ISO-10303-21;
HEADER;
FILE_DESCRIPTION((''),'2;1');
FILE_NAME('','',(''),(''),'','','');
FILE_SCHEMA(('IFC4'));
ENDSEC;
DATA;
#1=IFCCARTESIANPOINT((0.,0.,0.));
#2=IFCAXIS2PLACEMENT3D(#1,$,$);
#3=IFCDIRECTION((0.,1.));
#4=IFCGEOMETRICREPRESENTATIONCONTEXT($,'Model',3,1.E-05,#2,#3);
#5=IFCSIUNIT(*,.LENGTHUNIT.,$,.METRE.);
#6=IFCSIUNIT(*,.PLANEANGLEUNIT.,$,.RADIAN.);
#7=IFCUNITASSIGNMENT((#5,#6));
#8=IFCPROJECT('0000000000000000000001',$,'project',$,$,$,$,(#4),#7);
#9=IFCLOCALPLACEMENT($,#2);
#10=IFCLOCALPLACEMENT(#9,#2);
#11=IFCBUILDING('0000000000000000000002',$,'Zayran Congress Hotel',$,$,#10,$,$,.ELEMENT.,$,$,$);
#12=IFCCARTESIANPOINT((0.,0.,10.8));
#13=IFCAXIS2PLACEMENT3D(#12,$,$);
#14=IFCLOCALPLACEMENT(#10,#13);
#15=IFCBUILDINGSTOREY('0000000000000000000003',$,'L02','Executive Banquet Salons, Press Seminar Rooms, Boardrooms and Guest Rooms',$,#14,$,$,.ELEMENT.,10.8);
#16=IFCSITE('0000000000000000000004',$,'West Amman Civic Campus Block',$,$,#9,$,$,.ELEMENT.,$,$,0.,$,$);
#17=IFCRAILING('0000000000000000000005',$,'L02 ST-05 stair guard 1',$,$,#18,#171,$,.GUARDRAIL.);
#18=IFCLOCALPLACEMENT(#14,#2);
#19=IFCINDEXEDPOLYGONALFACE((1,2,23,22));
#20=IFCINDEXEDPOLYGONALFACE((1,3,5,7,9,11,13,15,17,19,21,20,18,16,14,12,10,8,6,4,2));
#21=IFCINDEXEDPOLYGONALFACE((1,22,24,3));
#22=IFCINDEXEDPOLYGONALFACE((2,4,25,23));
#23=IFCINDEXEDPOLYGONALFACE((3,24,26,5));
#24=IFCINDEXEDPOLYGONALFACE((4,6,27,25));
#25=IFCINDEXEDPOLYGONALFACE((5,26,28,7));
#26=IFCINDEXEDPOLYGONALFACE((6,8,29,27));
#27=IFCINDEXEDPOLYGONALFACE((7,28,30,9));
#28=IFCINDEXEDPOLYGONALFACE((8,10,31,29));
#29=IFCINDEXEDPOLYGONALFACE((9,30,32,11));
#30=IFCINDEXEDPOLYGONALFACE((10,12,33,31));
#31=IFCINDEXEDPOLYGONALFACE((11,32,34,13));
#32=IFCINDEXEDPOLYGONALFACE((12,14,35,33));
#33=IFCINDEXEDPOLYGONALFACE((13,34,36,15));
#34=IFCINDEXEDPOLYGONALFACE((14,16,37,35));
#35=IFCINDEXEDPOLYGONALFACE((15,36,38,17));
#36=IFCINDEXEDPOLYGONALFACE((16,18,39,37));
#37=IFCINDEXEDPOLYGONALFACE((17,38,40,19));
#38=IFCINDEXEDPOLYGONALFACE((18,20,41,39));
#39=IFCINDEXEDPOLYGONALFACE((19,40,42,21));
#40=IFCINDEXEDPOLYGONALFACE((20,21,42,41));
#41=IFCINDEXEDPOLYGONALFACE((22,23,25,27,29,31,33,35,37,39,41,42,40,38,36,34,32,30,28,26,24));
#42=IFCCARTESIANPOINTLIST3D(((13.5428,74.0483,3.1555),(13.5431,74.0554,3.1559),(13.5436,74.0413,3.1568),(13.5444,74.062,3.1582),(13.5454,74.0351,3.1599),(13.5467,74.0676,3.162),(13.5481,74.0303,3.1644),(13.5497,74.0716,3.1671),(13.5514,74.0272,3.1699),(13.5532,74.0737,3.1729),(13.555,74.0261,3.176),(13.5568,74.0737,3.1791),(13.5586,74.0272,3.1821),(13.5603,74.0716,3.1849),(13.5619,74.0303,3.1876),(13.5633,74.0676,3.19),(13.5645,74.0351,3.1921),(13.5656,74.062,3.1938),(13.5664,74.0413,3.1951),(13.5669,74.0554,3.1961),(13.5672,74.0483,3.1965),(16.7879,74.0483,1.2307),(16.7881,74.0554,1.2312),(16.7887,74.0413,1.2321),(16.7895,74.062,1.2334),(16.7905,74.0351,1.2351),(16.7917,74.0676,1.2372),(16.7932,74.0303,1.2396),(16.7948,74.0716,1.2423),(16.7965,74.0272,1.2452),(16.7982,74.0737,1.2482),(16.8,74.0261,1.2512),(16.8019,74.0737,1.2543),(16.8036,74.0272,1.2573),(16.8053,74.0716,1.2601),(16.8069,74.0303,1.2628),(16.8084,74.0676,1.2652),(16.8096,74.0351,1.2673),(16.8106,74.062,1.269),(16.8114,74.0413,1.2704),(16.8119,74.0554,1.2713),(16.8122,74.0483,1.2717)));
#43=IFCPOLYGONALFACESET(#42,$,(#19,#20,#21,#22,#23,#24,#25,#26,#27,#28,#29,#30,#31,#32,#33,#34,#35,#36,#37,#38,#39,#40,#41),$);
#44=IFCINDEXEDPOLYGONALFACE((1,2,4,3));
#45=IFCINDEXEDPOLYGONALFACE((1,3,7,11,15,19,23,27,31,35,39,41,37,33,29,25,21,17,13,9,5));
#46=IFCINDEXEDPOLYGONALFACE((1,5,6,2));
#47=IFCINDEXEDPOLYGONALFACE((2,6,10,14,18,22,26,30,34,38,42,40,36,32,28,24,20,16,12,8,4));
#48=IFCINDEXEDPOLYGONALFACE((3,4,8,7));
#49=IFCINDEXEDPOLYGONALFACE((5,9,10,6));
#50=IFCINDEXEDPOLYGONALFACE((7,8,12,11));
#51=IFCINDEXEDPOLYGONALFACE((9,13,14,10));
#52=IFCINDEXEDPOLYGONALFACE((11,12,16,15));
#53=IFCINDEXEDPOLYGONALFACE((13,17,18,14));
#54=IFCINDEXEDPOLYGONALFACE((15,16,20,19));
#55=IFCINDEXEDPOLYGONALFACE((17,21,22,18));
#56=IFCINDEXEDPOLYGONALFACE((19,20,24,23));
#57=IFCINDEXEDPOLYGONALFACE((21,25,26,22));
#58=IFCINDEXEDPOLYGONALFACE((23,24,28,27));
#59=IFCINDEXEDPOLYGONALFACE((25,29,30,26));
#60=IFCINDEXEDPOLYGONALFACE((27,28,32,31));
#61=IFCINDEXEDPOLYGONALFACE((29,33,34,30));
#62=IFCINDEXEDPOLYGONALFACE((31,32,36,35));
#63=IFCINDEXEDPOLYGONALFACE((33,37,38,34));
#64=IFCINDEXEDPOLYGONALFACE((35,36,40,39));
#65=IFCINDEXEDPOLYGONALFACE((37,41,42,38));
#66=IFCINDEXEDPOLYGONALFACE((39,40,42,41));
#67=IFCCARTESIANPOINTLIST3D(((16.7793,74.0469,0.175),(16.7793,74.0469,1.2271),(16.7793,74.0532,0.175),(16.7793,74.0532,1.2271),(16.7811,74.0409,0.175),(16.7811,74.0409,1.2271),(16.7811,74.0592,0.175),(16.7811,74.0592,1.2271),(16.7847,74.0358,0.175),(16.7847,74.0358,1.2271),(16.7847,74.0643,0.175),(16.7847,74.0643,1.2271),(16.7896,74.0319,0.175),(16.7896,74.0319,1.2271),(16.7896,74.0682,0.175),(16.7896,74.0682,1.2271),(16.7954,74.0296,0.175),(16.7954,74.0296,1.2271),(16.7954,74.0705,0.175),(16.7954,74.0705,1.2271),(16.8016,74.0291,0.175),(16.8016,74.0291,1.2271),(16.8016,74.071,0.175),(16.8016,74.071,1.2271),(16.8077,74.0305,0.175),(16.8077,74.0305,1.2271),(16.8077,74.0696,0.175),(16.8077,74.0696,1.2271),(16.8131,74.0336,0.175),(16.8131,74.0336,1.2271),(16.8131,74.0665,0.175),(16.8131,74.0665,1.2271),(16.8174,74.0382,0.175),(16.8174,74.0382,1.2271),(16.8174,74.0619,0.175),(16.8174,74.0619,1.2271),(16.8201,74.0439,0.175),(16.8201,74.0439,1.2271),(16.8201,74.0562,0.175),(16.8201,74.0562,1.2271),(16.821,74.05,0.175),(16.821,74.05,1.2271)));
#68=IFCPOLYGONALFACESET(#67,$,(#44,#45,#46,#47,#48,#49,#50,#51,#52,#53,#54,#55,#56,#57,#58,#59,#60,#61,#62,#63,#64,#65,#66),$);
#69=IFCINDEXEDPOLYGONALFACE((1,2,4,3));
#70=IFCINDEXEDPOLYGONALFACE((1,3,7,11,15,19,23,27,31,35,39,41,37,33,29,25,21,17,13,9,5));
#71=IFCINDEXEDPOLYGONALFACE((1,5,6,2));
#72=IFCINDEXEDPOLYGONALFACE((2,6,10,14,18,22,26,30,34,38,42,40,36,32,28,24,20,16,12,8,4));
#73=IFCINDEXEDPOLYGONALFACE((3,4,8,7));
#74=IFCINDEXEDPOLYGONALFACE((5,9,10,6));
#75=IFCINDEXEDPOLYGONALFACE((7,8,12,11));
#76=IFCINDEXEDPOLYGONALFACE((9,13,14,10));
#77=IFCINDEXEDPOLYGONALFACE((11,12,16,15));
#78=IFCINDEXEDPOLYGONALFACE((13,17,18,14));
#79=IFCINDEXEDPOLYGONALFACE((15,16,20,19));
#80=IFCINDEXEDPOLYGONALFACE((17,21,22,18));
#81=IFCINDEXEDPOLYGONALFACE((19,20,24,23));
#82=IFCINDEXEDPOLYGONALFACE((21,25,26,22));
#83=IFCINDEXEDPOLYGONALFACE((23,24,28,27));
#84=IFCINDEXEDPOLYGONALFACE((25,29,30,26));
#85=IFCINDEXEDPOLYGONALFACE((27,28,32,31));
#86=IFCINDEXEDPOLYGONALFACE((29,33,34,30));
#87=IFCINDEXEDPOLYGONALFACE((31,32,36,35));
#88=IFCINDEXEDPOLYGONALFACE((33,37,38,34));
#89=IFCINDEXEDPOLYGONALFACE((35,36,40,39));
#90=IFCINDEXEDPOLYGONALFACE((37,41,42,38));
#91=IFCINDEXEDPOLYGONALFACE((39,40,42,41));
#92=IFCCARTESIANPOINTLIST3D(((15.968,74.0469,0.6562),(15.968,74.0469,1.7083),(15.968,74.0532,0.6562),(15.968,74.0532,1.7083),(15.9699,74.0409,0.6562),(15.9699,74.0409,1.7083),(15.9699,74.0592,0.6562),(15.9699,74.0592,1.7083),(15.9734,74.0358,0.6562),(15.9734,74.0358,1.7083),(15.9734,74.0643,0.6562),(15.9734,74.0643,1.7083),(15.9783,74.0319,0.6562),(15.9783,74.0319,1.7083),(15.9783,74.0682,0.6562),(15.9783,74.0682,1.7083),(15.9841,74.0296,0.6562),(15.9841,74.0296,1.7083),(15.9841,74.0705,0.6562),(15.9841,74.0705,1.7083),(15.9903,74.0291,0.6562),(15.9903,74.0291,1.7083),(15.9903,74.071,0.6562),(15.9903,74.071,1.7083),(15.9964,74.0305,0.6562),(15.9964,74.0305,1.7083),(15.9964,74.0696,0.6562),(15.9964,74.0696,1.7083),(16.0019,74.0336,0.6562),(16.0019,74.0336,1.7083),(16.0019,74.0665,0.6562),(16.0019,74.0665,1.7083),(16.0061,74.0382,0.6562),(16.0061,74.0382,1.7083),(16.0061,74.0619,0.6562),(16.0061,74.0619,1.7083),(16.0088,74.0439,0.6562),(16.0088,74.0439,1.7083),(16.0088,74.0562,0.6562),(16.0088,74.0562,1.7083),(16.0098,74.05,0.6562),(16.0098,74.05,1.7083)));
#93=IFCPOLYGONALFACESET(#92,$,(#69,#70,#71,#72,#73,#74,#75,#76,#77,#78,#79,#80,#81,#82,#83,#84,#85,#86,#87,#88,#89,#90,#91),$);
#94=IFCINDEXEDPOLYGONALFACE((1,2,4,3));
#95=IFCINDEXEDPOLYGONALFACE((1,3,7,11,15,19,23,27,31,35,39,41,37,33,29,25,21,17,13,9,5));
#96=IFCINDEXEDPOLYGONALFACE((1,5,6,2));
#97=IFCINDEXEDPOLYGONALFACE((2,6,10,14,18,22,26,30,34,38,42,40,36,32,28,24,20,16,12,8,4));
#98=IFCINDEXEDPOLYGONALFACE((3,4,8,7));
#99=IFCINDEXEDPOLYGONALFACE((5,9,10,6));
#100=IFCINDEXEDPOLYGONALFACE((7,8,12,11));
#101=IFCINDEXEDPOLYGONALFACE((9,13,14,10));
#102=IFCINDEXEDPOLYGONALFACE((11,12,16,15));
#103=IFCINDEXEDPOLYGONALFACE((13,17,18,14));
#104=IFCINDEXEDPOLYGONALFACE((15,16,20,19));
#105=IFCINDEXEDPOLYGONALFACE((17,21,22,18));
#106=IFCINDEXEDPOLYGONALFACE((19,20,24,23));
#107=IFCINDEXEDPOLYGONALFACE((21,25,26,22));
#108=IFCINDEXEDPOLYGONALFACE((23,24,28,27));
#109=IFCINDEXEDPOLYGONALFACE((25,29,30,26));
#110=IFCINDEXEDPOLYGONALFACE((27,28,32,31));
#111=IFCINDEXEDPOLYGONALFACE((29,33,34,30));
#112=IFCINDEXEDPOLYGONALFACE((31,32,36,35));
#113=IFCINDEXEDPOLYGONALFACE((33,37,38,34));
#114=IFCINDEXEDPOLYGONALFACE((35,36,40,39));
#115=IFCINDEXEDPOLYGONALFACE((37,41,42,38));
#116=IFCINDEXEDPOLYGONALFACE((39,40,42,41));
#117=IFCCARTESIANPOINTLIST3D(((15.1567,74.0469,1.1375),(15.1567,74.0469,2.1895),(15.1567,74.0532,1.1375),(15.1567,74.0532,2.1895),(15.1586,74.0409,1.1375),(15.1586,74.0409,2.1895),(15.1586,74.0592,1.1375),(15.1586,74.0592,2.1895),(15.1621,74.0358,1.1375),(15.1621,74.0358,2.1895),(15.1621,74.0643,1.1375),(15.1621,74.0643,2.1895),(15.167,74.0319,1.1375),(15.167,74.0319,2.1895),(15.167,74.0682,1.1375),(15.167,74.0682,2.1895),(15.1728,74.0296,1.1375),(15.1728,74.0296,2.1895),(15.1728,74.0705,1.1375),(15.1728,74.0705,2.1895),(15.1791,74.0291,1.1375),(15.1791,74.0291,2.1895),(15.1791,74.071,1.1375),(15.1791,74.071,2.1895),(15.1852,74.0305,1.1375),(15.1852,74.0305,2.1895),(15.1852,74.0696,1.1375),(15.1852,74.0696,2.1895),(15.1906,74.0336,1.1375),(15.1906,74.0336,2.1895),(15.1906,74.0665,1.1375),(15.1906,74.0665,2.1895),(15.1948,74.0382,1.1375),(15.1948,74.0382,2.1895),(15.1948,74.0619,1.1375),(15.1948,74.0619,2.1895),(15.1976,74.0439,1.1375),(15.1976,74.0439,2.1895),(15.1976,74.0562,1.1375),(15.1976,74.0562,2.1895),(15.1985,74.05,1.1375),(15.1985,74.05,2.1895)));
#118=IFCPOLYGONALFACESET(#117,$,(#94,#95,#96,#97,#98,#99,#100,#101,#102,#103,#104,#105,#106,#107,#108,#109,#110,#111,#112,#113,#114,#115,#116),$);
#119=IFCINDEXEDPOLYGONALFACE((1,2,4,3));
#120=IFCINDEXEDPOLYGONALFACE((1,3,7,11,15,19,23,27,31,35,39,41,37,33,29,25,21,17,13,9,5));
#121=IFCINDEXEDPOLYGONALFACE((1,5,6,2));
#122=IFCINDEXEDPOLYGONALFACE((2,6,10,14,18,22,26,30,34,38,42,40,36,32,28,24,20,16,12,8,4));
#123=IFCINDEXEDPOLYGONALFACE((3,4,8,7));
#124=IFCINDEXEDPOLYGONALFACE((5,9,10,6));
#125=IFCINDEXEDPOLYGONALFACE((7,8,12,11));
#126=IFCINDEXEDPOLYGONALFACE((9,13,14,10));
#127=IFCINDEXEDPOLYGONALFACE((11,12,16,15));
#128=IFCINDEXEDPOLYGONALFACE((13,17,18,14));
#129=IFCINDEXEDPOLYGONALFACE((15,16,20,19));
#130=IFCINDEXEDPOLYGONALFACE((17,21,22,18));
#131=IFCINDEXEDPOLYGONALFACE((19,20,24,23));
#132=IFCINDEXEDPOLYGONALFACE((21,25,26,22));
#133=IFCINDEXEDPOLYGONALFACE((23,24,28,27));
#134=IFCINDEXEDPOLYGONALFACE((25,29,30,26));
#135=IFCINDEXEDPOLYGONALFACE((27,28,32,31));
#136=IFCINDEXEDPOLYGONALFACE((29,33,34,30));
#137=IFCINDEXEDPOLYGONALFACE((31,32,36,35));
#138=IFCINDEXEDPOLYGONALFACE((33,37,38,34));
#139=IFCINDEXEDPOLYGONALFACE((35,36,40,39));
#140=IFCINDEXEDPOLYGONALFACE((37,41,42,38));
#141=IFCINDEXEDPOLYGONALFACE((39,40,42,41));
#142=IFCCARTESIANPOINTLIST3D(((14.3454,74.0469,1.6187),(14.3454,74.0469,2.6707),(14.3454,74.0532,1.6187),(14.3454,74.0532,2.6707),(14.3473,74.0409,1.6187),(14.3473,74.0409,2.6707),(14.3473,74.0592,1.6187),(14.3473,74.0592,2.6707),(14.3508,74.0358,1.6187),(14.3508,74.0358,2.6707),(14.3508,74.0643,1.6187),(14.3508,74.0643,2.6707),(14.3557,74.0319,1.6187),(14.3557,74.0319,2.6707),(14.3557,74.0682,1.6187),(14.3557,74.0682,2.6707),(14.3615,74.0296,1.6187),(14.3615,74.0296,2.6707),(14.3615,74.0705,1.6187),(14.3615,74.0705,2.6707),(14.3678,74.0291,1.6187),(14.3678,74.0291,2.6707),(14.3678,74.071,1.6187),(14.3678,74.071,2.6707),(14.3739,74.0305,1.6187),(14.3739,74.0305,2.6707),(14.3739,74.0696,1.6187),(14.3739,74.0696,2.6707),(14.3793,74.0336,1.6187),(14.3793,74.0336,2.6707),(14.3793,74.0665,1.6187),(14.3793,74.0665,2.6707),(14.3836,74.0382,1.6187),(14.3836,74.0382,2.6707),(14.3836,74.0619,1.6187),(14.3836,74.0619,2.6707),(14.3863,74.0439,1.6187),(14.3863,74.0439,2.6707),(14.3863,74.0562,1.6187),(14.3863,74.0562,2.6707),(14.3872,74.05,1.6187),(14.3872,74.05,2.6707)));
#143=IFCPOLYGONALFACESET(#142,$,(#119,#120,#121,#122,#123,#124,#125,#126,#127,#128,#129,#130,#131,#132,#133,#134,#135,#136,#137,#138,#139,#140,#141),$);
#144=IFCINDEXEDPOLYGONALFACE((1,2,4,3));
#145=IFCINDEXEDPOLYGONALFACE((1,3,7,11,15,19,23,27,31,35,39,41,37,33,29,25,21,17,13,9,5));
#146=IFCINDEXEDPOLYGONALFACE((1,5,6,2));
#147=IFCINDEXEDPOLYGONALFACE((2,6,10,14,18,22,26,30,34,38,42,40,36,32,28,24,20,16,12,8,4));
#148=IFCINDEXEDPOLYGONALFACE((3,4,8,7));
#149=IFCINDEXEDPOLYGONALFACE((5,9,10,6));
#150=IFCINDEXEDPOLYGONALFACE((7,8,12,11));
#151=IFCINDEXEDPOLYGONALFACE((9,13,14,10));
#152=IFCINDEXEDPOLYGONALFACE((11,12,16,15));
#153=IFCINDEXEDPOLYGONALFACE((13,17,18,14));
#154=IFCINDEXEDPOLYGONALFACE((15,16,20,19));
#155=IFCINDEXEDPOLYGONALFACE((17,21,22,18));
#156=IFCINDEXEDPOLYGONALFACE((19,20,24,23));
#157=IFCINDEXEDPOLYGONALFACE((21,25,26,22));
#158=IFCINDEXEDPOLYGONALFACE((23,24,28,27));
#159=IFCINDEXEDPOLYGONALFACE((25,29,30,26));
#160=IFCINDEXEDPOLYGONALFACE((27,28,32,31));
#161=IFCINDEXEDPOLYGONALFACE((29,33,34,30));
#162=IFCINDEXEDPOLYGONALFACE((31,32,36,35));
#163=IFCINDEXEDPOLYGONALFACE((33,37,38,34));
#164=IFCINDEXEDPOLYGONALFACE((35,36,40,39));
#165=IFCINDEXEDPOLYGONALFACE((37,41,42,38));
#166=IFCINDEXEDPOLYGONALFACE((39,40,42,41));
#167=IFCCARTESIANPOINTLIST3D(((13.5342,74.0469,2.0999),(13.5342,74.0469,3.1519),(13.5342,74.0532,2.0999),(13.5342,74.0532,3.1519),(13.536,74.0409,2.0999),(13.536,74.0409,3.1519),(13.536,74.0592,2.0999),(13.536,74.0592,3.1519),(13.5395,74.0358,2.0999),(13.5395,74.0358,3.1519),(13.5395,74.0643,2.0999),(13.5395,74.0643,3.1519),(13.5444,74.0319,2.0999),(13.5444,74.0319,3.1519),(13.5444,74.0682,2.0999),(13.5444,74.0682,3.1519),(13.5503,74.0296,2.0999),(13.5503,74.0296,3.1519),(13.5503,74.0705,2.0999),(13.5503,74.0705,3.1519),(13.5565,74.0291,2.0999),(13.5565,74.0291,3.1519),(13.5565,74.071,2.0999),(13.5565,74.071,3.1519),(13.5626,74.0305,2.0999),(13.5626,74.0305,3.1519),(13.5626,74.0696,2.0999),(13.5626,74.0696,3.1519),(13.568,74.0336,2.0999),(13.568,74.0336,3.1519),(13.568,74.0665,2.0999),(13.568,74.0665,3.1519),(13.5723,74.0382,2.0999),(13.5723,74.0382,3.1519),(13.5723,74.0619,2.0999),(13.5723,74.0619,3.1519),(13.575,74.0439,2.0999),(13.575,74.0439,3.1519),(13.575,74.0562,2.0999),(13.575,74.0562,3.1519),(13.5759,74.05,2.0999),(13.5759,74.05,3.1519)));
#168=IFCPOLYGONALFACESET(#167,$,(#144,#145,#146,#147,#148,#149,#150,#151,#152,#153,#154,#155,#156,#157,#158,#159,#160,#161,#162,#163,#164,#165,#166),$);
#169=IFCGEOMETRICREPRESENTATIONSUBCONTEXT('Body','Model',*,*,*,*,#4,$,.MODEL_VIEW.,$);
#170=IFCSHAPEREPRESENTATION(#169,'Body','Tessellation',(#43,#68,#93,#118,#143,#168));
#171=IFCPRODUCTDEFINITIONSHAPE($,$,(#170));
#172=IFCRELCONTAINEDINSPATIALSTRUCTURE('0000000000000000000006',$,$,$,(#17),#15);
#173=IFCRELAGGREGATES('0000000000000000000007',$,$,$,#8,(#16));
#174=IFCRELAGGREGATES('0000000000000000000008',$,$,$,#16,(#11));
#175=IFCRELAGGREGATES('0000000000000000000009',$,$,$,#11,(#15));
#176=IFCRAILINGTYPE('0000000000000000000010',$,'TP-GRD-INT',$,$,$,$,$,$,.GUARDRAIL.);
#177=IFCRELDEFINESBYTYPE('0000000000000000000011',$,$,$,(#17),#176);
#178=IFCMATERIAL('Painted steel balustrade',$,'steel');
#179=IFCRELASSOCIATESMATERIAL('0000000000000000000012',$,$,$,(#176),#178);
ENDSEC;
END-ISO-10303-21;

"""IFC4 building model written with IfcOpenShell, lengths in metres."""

from ifc_helpers import new_model, si_unit, direction, frame, origin, origin_2d, place, context, subcontext, project, spatial, circle, extrude, material, type_object, element, save


model = new_model("IFC4")

# Units and contexts
model_context = context("Model", 3, precision=1e-05, world=origin(), true_north=direction((0.0, 1.0)))
body_context = subcontext(model_context, "Body", "Model", "MODEL_VIEW")
ifc_project = project(units=[si_unit("LENGTHUNIT", "METRE"), si_unit("PLANEANGLEUNIT", "RADIAN")], contexts=[model_context])

# Site, building, storey
site_placement = place(None, origin())
site = spatial("IfcSite", under=ifc_project, at=site_placement, Name="West Amman Civic Campus Block", CompositionType="ELEMENT", RefElevation=0.0)
building_placement = place(site_placement, origin())
building = spatial("IfcBuilding", under=site, at=building_placement, Name="Zayran Congress Hotel", CompositionType="ELEMENT")
storey_placement = place(building_placement, frame((0.0, 0.0, 10.8)))
storey = spatial("IfcBuildingStorey", under=building, at=storey_placement, Name="L02", Description="Executive Banquet Salons, Press Seminar Rooms, Boardrooms and Guest Rooms", CompositionType="ELEMENT", Elevation=10.8)

# Railing
ifc_material_1 = material(Name="Painted steel balustrade", Category="steel")
railing_type_1 = type_object("IfcRailingType", Name="TP-GRD-INT", PredefinedType="GUARDRAIL", material=ifc_material_1)
railing_1_placement = place(storey_placement, frame((16.8, 74.05, 0.175)))
element("IfcRailing", 1, at=railing_1_placement, inside=storey, type_object=railing_type_1, Name="L02 ST-05 stair guard 1", PredefinedType="GUARDRAIL", context=body_context, shape_type="SweptSolid", body=[
    extrude(circle(Radius=0.0239, at=origin_2d()), frame((0.0, 0.0, 1.0762), z_axis=(-0.860085, 0.0, 0.51015), x_axis=(0.0, -1.0, 0.0)), (0.0, 0.0, 1.0), 3.7729),
    extrude(circle(Radius=0.021, at=origin_2d()), origin(), (0.0, 0.0, 1.0), 1.052),
    extrude(circle(Radius=0.021, at=origin_2d()), frame((-0.8113, 0.0, 0.4812)), (0.0, 0.0, 1.0), 1.052),
    extrude(circle(Radius=0.021, at=origin_2d()), frame((-1.6226, 0.0, 0.9624)), (0.0, 0.0, 1.0), 1.052),
    extrude(circle(Radius=0.021, at=origin_2d()), frame((-2.4338, 0.0, 1.4436)), (0.0, 0.0, 1.0), 1.052),
    extrude(circle(Radius=0.021, at=origin_2d()), frame((-3.2451, 0.0, 1.9248)), (0.0, 0.0, 1.0), 1.052),
])

save(model, "model.ifc")
